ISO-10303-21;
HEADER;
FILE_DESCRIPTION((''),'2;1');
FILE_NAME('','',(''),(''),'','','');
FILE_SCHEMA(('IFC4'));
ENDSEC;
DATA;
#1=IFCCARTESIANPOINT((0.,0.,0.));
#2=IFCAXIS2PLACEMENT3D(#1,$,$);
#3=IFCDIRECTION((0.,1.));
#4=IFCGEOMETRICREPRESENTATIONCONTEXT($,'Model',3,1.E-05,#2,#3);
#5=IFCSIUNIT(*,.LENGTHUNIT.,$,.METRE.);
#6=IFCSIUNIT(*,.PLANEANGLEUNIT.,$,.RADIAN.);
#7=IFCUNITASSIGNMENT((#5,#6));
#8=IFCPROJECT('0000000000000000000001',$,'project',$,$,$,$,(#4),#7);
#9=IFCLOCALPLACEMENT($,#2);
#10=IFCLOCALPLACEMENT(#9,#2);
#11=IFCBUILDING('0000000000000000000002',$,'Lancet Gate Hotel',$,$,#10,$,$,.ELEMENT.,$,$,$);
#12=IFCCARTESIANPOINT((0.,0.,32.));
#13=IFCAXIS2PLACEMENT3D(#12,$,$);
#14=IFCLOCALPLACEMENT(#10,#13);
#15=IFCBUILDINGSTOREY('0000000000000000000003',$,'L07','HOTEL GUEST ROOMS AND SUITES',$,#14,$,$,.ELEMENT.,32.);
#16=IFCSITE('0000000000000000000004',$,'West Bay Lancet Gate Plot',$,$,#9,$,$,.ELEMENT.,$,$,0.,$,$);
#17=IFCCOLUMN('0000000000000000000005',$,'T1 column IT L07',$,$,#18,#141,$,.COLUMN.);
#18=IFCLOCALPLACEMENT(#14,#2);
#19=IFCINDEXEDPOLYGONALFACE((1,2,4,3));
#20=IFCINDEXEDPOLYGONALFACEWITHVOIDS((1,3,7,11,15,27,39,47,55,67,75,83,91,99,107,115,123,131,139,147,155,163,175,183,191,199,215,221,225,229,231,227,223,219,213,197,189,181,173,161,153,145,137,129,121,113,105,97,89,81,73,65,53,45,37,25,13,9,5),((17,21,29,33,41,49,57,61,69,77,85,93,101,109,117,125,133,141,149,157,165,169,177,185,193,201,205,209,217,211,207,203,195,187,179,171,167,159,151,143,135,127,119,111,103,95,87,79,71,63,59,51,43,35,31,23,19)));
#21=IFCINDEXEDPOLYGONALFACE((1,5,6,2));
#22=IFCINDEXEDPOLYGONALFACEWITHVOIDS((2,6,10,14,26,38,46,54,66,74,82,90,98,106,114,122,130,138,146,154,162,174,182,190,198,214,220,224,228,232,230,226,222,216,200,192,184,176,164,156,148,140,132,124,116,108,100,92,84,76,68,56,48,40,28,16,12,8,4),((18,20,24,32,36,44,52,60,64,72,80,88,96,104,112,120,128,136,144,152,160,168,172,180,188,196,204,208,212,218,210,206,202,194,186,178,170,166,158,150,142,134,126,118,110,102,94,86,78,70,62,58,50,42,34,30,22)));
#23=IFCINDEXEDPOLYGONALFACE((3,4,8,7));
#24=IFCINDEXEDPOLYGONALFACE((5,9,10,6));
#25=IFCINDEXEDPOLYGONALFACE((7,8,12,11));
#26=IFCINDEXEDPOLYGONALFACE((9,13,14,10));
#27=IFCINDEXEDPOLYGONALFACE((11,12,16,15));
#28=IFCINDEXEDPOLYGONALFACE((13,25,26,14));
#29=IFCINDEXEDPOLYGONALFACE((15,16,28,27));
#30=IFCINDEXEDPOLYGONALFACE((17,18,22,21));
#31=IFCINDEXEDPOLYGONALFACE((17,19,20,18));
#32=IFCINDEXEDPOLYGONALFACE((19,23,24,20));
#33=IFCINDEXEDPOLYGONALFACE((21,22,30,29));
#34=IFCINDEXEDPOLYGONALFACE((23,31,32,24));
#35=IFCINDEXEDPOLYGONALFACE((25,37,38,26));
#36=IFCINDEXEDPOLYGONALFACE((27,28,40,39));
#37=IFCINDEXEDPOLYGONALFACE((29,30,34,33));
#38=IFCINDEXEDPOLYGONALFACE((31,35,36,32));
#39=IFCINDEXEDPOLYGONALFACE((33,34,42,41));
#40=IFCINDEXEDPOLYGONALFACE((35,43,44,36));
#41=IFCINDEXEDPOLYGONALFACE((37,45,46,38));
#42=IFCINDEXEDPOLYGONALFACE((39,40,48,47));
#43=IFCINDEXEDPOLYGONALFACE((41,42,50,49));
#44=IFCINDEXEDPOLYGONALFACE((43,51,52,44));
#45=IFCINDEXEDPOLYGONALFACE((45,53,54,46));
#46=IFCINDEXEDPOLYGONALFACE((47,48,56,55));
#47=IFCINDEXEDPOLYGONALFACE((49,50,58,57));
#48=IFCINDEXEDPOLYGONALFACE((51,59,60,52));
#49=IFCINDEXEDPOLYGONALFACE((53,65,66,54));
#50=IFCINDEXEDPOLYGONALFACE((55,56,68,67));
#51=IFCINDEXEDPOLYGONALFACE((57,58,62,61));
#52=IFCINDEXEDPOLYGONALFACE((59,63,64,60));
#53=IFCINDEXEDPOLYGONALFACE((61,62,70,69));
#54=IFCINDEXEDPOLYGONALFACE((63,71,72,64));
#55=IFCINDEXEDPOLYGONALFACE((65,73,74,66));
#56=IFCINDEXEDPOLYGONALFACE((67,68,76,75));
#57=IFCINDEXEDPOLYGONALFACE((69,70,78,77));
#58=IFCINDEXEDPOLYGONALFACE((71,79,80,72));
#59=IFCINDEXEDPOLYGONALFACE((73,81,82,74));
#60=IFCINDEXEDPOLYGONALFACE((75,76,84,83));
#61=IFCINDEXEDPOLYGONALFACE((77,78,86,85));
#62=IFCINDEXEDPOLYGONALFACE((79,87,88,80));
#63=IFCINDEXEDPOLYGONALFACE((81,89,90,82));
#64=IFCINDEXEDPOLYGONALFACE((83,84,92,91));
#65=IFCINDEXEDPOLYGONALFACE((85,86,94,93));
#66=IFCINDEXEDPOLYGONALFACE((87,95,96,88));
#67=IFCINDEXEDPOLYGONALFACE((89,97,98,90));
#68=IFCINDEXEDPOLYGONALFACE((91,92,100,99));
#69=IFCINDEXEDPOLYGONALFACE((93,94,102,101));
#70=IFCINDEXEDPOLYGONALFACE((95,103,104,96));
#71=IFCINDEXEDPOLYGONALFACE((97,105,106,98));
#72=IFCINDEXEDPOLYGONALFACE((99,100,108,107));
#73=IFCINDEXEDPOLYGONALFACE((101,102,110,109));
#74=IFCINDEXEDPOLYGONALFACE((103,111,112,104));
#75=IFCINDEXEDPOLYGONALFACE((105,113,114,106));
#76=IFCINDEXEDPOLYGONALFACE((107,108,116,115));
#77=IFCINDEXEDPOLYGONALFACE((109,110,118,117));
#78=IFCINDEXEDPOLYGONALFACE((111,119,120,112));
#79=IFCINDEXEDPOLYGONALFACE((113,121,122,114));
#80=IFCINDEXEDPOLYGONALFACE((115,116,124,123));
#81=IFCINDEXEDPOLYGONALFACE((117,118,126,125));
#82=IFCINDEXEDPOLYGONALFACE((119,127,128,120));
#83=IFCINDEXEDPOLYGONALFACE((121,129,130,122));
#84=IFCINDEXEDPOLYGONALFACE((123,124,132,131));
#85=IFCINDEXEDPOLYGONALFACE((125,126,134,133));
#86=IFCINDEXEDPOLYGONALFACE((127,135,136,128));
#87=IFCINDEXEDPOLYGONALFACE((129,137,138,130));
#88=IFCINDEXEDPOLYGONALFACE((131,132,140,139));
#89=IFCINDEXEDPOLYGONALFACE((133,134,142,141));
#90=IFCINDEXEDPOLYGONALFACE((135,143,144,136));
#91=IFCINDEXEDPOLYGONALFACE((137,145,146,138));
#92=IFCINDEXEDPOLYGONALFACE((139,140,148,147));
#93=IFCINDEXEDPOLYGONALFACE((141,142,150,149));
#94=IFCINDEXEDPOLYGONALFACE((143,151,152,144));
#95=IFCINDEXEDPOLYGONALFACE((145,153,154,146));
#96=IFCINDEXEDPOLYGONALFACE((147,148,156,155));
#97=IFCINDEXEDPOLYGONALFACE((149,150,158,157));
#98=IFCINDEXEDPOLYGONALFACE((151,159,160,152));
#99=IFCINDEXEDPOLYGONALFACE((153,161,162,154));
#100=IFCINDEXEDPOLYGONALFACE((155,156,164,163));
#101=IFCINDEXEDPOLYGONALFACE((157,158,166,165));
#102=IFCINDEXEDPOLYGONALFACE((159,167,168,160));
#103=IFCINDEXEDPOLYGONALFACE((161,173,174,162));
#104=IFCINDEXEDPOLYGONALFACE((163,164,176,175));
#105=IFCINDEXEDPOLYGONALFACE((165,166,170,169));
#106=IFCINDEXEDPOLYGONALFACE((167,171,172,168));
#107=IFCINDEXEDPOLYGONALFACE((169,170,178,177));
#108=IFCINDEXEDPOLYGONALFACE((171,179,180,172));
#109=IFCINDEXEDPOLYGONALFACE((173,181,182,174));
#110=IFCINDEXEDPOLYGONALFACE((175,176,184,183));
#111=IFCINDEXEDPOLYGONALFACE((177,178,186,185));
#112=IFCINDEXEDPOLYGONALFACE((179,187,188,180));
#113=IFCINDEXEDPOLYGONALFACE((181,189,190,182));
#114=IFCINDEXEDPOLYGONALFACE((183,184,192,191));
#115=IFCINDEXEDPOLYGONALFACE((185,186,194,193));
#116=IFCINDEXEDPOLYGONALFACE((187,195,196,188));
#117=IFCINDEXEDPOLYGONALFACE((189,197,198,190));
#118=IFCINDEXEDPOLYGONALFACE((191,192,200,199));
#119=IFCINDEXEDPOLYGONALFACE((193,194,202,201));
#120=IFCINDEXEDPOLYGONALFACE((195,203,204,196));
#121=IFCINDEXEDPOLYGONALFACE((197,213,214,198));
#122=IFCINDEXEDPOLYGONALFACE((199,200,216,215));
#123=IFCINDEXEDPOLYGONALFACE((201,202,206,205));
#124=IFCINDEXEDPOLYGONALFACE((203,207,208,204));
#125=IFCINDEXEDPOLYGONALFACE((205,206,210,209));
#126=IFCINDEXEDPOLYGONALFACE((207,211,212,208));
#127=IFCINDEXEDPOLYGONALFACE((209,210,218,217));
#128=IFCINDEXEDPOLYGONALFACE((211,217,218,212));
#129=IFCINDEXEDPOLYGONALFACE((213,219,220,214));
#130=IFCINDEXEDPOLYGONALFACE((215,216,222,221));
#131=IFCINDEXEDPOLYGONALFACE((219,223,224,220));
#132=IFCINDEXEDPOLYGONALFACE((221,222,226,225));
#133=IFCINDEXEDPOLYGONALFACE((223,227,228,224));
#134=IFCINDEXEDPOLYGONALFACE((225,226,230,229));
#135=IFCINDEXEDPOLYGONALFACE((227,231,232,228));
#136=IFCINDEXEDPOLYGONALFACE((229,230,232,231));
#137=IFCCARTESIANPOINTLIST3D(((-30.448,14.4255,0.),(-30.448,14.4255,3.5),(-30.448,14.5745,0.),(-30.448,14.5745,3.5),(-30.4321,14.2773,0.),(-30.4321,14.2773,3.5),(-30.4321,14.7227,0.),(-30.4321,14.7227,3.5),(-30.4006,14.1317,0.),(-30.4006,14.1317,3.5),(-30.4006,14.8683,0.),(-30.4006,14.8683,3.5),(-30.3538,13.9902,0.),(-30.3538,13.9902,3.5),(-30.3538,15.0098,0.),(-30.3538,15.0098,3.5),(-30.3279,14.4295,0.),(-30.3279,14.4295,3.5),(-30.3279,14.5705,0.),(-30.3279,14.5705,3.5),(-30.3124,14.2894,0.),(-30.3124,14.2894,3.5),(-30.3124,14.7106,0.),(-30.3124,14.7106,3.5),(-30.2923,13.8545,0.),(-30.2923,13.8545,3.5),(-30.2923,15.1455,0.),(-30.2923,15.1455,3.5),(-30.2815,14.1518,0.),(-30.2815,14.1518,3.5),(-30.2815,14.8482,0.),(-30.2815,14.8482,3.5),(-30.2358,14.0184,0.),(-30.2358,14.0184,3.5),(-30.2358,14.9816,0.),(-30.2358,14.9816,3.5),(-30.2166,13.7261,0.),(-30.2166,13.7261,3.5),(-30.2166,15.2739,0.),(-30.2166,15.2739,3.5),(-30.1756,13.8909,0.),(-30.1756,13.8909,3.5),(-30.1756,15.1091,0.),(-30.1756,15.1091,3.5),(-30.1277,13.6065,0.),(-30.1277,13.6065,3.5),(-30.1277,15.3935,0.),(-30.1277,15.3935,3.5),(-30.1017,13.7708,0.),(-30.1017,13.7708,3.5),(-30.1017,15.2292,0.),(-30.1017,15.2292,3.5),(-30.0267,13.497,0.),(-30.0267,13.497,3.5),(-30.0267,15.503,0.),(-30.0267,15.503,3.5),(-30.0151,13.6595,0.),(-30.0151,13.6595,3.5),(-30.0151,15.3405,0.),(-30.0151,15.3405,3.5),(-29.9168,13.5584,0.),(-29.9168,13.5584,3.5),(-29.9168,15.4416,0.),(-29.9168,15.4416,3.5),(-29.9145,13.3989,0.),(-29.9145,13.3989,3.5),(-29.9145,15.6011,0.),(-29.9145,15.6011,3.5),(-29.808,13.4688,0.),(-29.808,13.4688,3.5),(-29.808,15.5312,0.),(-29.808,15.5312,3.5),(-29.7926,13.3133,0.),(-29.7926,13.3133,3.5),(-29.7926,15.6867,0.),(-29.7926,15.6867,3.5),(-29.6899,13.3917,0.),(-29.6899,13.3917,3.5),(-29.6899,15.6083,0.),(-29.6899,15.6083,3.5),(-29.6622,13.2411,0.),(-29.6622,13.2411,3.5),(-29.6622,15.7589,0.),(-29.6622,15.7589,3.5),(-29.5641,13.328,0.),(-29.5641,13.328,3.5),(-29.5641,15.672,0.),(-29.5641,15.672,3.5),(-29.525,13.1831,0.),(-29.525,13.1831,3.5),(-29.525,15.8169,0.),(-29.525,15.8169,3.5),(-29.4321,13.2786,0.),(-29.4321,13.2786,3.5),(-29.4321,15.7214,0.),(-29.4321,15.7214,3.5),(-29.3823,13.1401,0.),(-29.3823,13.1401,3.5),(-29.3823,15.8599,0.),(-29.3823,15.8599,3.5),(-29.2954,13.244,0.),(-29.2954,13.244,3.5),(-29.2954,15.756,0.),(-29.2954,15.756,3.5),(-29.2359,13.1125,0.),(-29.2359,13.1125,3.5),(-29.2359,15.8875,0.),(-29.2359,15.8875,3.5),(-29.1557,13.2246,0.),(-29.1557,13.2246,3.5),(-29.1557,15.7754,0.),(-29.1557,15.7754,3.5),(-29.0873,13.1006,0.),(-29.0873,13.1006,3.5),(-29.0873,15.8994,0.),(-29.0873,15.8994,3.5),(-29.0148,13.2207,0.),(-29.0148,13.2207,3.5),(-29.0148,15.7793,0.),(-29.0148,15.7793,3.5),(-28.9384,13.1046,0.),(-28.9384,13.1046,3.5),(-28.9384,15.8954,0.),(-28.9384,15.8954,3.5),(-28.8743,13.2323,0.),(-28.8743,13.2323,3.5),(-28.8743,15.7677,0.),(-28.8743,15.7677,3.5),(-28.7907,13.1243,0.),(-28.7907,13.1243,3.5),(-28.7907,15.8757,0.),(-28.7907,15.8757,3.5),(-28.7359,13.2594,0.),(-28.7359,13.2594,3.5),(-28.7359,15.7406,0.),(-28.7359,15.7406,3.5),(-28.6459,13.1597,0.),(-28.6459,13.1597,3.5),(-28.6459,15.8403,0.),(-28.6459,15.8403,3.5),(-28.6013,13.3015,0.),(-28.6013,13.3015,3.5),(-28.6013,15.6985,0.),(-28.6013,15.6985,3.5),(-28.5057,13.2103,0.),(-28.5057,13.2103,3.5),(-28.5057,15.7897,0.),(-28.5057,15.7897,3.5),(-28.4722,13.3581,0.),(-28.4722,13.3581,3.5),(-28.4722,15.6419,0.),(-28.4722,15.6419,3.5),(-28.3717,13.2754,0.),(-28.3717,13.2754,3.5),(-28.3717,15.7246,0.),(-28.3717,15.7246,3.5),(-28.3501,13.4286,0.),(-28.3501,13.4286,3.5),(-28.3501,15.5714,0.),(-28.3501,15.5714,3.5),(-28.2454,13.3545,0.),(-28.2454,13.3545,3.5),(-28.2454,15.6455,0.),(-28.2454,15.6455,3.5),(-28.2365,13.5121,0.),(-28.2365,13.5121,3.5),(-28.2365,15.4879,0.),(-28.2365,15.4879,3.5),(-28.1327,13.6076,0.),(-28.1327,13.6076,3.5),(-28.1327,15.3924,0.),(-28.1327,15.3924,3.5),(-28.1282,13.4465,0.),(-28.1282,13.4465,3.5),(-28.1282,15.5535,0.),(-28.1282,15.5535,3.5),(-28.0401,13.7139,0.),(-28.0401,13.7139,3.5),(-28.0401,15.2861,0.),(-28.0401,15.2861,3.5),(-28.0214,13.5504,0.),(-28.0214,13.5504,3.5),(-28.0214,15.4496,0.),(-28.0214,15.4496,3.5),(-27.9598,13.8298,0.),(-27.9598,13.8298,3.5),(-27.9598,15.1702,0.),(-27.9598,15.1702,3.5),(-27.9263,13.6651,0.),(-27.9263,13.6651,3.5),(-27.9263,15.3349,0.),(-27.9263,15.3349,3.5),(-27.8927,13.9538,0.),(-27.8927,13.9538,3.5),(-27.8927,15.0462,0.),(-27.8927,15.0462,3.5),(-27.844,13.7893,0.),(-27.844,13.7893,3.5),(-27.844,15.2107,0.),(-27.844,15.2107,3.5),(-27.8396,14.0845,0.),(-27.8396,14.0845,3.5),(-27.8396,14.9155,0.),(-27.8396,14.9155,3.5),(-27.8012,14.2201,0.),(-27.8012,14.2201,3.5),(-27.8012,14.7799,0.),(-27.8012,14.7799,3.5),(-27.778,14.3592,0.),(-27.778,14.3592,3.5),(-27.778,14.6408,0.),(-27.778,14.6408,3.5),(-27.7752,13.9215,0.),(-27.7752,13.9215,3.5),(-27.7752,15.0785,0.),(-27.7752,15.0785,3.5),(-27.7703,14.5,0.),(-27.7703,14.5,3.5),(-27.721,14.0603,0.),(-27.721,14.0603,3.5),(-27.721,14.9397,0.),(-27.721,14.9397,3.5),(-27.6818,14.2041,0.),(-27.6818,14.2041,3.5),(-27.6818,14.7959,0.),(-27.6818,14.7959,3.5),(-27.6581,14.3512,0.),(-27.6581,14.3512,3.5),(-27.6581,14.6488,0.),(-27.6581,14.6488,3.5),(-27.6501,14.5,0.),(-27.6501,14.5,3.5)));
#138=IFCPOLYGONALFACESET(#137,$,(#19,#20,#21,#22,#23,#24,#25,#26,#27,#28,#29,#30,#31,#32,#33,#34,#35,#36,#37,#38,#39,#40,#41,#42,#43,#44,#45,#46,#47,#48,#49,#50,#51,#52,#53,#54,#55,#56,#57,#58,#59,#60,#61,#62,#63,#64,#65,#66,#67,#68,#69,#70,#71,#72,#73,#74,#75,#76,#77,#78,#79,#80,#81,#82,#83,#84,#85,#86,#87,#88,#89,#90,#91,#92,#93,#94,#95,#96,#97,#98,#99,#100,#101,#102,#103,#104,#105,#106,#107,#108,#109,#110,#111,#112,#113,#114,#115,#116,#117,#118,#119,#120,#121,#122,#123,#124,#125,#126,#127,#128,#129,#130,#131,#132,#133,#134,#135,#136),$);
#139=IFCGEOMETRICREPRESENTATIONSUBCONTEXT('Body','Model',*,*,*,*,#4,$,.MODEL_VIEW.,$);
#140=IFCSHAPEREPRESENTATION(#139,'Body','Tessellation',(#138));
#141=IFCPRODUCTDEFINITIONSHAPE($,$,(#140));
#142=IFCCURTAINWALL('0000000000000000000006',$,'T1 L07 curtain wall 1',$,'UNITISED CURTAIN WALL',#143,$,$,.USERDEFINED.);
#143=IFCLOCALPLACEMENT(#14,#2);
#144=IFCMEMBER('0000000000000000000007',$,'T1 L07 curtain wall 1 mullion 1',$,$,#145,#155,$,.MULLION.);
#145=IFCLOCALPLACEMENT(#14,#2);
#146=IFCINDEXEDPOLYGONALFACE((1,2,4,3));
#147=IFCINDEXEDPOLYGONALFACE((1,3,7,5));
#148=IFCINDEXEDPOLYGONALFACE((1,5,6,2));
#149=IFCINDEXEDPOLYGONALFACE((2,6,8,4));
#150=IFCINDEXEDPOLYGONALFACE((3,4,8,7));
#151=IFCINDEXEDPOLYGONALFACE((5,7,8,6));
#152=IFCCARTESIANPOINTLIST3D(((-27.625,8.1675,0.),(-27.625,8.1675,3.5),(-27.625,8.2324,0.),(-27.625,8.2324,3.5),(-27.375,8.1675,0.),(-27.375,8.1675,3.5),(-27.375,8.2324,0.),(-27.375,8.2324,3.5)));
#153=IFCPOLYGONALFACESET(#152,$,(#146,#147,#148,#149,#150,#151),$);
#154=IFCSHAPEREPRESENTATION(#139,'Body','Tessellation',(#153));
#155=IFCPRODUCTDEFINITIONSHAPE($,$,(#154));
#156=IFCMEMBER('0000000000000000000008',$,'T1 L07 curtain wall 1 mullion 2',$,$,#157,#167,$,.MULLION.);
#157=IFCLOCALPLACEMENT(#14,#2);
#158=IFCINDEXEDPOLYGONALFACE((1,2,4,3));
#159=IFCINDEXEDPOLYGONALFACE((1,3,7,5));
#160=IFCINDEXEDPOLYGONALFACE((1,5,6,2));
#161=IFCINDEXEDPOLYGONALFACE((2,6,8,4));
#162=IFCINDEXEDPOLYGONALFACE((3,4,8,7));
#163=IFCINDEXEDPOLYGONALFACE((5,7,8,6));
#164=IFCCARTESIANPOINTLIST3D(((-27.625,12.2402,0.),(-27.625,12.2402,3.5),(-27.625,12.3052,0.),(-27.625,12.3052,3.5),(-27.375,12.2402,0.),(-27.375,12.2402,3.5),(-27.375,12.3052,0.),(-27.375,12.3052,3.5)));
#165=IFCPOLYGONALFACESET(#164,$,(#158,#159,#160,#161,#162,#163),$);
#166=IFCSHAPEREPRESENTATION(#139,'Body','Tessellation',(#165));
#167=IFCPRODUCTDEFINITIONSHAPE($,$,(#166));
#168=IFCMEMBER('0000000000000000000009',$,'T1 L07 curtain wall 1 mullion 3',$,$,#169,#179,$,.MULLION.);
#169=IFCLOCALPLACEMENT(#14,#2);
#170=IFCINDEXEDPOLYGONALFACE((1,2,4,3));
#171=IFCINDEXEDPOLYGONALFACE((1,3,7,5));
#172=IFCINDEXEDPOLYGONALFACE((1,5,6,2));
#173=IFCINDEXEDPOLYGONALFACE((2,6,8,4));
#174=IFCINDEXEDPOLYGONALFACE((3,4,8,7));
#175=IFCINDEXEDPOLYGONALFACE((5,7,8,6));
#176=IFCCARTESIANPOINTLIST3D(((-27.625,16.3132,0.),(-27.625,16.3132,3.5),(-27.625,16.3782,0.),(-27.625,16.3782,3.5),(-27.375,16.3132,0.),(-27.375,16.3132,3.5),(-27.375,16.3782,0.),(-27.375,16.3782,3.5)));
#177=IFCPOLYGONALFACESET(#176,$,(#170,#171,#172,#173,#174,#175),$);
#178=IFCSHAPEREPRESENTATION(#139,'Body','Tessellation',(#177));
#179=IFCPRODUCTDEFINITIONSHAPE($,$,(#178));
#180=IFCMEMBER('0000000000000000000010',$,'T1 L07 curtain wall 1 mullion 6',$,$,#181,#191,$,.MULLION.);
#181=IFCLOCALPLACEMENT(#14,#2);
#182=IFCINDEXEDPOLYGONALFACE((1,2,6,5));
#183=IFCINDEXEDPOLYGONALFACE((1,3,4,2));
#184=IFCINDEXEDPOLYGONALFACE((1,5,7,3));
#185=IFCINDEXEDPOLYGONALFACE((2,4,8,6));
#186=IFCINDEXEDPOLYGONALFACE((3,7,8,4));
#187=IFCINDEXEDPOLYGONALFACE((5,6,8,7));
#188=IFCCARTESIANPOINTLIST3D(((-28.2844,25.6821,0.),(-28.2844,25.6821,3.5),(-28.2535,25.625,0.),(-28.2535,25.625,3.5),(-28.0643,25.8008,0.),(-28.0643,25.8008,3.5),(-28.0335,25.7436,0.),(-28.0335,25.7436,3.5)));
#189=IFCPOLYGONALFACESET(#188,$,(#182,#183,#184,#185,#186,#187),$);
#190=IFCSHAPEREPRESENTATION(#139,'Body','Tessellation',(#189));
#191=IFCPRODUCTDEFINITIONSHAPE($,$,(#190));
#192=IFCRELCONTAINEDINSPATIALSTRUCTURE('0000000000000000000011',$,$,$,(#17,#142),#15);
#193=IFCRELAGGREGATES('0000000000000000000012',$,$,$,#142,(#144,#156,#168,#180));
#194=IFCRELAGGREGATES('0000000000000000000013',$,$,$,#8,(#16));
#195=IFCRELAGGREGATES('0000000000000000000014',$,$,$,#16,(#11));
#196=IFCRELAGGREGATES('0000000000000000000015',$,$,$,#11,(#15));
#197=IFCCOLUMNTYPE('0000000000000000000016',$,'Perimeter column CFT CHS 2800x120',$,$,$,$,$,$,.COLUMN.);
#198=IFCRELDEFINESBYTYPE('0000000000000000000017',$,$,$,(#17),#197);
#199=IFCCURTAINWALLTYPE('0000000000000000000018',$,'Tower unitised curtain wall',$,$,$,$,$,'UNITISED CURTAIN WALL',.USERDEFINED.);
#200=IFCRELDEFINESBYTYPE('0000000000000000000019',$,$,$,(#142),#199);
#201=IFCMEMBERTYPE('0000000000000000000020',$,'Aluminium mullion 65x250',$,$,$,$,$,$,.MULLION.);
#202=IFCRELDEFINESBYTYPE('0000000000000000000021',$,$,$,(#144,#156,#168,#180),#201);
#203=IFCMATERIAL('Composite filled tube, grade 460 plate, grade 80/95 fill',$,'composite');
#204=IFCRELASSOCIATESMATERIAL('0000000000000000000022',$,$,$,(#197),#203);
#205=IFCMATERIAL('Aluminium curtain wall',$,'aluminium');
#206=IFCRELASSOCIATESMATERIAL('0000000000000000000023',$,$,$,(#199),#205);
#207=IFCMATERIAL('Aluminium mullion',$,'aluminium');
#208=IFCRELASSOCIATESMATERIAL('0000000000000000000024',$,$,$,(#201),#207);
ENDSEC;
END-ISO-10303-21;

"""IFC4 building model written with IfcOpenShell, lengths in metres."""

from ifc_helpers import new_model, si_unit, direction, frame, origin, origin_2d, place, context, subcontext, project, spatial, rectangle, hollow_circle, extrude, material, material_profile, profile_set, type_object, element, aggregate, save


model = new_model("IFC4")

# Units and contexts
model_context = context("Model", 3, precision=1e-05, world=origin(), true_north=direction((0.0, 1.0)))
body_context = subcontext(model_context, "Body", "Model", "MODEL_VIEW")
ifc_project = project(units=[si_unit("LENGTHUNIT", "METRE"), si_unit("PLANEANGLEUNIT", "RADIAN")], contexts=[model_context])

# Site, building, storey
site_placement = place(None, origin())
site = spatial("IfcSite", under=ifc_project, at=site_placement, Name="West Bay Lancet Gate Plot", CompositionType="ELEMENT", RefElevation=0.0)
building_placement = place(site_placement, origin())
building = spatial("IfcBuilding", under=site, at=building_placement, Name="Lancet Gate Hotel", CompositionType="ELEMENT")
storey_placement = place(building_placement, frame((0.0, 0.0, 32.0)))
storey = spatial("IfcBuildingStorey", under=building, at=storey_placement, Name="L07", Description="HOTEL GUEST ROOMS AND SUITES", CompositionType="ELEMENT", Elevation=32.0)

# Column
ifc_material_1 = material(Name="Composite filled tube, grade 460 plate, grade 80/95 fill", Category="composite")
ifc_material_profile_1 = material_profile(ifc_material_1, hollow_circle(Radius=1.3999, WallThickness=0.1201, at=origin_2d()), Name="CHS 2800x120")
ifc_profile_set_1 = profile_set([ifc_material_profile_1], Name="Composite filled tube, grade 460 plate, grade 80/95 fill")
column_type = type_object("IfcColumnType", Name="Perimeter column CFT CHS 2800x120", PredefinedType="COLUMN", material=ifc_profile_set_1)
for number, where, z_axis, x_axis, name in (
    (1, (-29.05, 14.5, 0.0), (0.0, 0.0, 1.0), (1.0, 0.0, 0.0), "T1 column IT L07"),
):
    element("IfcColumn", number, at=place(storey_placement, frame(where, z_axis=z_axis, x_axis=x_axis)), inside=storey, type_object=column_type, Name=name, PredefinedType="COLUMN", context=body_context, shape_type="SweptSolid", body=[
        extrude(hollow_circle(Radius=1.3999, WallThickness=0.1201, at=origin_2d()), origin(), (0.0, 0.0, 1.0), 3.5),
    ])

# Curtain wall, members
ifc_material_2 = material(Name="Aluminium curtain wall", Category="aluminium")
curtain_wall_type = type_object("IfcCurtainWallType", Name="Tower unitised curtain wall", ElementType="UNITISED CURTAIN WALL", PredefinedType="USERDEFINED", material=ifc_material_2)
curtain_wall_placement = place(storey_placement, origin())
curtain_wall = element("IfcCurtainWall", 2, at=curtain_wall_placement, inside=storey, type_object=curtain_wall_type, Name="T1 L07 curtain wall 1", ObjectType="UNITISED CURTAIN WALL", PredefinedType="USERDEFINED")
ifc_material_3 = material(Name="Aluminium mullion", Category="aluminium")
ifc_material_profile_2 = material_profile(ifc_material_3, rectangle(XDim=0.0649, YDim=0.25, at=origin_2d()), Name="MULLION 65x250")
ifc_profile_set_2 = profile_set([ifc_material_profile_2], Name="Aluminium mullion")
member_type_1 = type_object("IfcMemberType", Name="Aluminium mullion 65x250", PredefinedType="MULLION", material=ifc_profile_set_2)
member_1_placement = place(storey_placement, frame((-27.5, 8.2, 0.0), z_axis=(0.0, 0.0, 1.0), x_axis=(0.0, 1.0, 0.0)))
member_1 = element("IfcMember", 3, at=member_1_placement, type_object=member_type_1, Name="T1 L07 curtain wall 1 mullion 1", PredefinedType="MULLION", context=body_context, shape_type="SweptSolid", body=[
    extrude(rectangle(XDim=0.0649, YDim=0.25, at=origin_2d()), origin(), (0.0, 0.0, 1.0), 3.5),
])
member_2_placement = place(storey_placement, frame((-27.5, 12.2727, 0.0), z_axis=(0.0, 0.0, 1.0), x_axis=(0.0, 1.0, 0.0)))
member_2 = element("IfcMember", 4, at=member_2_placement, type_object=member_type_1, Name="T1 L07 curtain wall 1 mullion 2", PredefinedType="MULLION", context=body_context, shape_type="SweptSolid", body=[
    extrude(rectangle(XDim=0.0649, YDim=0.25, at=origin_2d()), origin(), (0.0, 0.0, 1.0), 3.5),
])
member_3_placement = place(storey_placement, frame((-27.5, 16.3457, 0.0), z_axis=(0.0, 0.0, 1.0), x_axis=(0.0, 1.0, 0.0)))
member_3 = element("IfcMember", 5, at=member_3_placement, type_object=member_type_1, Name="T1 L07 curtain wall 1 mullion 3", PredefinedType="MULLION", context=body_context, shape_type="SweptSolid", body=[
    extrude(rectangle(XDim=0.0649, YDim=0.25, at=origin_2d()), origin(), (0.0, 0.0, 1.0), 3.5),
])
member_4_placement = place(storey_placement, frame((-28.1589, 25.7129, 0.0), z_axis=(0.0, 0.0, 1.0), x_axis=(-0.474631, 0.880185, 0.0)))
member_4 = element("IfcMember", 6, at=member_4_placement, type_object=member_type_1, Name="T1 L07 curtain wall 1 mullion 6", PredefinedType="MULLION", context=body_context, shape_type="SweptSolid", body=[
    extrude(rectangle(XDim=0.0649, YDim=0.25, at=origin_2d()), origin(), (0.0, 0.0, 1.0), 3.5),
])

aggregate(curtain_wall, [member_1, member_2, member_3, member_4])

save(model, "model.ifc")
